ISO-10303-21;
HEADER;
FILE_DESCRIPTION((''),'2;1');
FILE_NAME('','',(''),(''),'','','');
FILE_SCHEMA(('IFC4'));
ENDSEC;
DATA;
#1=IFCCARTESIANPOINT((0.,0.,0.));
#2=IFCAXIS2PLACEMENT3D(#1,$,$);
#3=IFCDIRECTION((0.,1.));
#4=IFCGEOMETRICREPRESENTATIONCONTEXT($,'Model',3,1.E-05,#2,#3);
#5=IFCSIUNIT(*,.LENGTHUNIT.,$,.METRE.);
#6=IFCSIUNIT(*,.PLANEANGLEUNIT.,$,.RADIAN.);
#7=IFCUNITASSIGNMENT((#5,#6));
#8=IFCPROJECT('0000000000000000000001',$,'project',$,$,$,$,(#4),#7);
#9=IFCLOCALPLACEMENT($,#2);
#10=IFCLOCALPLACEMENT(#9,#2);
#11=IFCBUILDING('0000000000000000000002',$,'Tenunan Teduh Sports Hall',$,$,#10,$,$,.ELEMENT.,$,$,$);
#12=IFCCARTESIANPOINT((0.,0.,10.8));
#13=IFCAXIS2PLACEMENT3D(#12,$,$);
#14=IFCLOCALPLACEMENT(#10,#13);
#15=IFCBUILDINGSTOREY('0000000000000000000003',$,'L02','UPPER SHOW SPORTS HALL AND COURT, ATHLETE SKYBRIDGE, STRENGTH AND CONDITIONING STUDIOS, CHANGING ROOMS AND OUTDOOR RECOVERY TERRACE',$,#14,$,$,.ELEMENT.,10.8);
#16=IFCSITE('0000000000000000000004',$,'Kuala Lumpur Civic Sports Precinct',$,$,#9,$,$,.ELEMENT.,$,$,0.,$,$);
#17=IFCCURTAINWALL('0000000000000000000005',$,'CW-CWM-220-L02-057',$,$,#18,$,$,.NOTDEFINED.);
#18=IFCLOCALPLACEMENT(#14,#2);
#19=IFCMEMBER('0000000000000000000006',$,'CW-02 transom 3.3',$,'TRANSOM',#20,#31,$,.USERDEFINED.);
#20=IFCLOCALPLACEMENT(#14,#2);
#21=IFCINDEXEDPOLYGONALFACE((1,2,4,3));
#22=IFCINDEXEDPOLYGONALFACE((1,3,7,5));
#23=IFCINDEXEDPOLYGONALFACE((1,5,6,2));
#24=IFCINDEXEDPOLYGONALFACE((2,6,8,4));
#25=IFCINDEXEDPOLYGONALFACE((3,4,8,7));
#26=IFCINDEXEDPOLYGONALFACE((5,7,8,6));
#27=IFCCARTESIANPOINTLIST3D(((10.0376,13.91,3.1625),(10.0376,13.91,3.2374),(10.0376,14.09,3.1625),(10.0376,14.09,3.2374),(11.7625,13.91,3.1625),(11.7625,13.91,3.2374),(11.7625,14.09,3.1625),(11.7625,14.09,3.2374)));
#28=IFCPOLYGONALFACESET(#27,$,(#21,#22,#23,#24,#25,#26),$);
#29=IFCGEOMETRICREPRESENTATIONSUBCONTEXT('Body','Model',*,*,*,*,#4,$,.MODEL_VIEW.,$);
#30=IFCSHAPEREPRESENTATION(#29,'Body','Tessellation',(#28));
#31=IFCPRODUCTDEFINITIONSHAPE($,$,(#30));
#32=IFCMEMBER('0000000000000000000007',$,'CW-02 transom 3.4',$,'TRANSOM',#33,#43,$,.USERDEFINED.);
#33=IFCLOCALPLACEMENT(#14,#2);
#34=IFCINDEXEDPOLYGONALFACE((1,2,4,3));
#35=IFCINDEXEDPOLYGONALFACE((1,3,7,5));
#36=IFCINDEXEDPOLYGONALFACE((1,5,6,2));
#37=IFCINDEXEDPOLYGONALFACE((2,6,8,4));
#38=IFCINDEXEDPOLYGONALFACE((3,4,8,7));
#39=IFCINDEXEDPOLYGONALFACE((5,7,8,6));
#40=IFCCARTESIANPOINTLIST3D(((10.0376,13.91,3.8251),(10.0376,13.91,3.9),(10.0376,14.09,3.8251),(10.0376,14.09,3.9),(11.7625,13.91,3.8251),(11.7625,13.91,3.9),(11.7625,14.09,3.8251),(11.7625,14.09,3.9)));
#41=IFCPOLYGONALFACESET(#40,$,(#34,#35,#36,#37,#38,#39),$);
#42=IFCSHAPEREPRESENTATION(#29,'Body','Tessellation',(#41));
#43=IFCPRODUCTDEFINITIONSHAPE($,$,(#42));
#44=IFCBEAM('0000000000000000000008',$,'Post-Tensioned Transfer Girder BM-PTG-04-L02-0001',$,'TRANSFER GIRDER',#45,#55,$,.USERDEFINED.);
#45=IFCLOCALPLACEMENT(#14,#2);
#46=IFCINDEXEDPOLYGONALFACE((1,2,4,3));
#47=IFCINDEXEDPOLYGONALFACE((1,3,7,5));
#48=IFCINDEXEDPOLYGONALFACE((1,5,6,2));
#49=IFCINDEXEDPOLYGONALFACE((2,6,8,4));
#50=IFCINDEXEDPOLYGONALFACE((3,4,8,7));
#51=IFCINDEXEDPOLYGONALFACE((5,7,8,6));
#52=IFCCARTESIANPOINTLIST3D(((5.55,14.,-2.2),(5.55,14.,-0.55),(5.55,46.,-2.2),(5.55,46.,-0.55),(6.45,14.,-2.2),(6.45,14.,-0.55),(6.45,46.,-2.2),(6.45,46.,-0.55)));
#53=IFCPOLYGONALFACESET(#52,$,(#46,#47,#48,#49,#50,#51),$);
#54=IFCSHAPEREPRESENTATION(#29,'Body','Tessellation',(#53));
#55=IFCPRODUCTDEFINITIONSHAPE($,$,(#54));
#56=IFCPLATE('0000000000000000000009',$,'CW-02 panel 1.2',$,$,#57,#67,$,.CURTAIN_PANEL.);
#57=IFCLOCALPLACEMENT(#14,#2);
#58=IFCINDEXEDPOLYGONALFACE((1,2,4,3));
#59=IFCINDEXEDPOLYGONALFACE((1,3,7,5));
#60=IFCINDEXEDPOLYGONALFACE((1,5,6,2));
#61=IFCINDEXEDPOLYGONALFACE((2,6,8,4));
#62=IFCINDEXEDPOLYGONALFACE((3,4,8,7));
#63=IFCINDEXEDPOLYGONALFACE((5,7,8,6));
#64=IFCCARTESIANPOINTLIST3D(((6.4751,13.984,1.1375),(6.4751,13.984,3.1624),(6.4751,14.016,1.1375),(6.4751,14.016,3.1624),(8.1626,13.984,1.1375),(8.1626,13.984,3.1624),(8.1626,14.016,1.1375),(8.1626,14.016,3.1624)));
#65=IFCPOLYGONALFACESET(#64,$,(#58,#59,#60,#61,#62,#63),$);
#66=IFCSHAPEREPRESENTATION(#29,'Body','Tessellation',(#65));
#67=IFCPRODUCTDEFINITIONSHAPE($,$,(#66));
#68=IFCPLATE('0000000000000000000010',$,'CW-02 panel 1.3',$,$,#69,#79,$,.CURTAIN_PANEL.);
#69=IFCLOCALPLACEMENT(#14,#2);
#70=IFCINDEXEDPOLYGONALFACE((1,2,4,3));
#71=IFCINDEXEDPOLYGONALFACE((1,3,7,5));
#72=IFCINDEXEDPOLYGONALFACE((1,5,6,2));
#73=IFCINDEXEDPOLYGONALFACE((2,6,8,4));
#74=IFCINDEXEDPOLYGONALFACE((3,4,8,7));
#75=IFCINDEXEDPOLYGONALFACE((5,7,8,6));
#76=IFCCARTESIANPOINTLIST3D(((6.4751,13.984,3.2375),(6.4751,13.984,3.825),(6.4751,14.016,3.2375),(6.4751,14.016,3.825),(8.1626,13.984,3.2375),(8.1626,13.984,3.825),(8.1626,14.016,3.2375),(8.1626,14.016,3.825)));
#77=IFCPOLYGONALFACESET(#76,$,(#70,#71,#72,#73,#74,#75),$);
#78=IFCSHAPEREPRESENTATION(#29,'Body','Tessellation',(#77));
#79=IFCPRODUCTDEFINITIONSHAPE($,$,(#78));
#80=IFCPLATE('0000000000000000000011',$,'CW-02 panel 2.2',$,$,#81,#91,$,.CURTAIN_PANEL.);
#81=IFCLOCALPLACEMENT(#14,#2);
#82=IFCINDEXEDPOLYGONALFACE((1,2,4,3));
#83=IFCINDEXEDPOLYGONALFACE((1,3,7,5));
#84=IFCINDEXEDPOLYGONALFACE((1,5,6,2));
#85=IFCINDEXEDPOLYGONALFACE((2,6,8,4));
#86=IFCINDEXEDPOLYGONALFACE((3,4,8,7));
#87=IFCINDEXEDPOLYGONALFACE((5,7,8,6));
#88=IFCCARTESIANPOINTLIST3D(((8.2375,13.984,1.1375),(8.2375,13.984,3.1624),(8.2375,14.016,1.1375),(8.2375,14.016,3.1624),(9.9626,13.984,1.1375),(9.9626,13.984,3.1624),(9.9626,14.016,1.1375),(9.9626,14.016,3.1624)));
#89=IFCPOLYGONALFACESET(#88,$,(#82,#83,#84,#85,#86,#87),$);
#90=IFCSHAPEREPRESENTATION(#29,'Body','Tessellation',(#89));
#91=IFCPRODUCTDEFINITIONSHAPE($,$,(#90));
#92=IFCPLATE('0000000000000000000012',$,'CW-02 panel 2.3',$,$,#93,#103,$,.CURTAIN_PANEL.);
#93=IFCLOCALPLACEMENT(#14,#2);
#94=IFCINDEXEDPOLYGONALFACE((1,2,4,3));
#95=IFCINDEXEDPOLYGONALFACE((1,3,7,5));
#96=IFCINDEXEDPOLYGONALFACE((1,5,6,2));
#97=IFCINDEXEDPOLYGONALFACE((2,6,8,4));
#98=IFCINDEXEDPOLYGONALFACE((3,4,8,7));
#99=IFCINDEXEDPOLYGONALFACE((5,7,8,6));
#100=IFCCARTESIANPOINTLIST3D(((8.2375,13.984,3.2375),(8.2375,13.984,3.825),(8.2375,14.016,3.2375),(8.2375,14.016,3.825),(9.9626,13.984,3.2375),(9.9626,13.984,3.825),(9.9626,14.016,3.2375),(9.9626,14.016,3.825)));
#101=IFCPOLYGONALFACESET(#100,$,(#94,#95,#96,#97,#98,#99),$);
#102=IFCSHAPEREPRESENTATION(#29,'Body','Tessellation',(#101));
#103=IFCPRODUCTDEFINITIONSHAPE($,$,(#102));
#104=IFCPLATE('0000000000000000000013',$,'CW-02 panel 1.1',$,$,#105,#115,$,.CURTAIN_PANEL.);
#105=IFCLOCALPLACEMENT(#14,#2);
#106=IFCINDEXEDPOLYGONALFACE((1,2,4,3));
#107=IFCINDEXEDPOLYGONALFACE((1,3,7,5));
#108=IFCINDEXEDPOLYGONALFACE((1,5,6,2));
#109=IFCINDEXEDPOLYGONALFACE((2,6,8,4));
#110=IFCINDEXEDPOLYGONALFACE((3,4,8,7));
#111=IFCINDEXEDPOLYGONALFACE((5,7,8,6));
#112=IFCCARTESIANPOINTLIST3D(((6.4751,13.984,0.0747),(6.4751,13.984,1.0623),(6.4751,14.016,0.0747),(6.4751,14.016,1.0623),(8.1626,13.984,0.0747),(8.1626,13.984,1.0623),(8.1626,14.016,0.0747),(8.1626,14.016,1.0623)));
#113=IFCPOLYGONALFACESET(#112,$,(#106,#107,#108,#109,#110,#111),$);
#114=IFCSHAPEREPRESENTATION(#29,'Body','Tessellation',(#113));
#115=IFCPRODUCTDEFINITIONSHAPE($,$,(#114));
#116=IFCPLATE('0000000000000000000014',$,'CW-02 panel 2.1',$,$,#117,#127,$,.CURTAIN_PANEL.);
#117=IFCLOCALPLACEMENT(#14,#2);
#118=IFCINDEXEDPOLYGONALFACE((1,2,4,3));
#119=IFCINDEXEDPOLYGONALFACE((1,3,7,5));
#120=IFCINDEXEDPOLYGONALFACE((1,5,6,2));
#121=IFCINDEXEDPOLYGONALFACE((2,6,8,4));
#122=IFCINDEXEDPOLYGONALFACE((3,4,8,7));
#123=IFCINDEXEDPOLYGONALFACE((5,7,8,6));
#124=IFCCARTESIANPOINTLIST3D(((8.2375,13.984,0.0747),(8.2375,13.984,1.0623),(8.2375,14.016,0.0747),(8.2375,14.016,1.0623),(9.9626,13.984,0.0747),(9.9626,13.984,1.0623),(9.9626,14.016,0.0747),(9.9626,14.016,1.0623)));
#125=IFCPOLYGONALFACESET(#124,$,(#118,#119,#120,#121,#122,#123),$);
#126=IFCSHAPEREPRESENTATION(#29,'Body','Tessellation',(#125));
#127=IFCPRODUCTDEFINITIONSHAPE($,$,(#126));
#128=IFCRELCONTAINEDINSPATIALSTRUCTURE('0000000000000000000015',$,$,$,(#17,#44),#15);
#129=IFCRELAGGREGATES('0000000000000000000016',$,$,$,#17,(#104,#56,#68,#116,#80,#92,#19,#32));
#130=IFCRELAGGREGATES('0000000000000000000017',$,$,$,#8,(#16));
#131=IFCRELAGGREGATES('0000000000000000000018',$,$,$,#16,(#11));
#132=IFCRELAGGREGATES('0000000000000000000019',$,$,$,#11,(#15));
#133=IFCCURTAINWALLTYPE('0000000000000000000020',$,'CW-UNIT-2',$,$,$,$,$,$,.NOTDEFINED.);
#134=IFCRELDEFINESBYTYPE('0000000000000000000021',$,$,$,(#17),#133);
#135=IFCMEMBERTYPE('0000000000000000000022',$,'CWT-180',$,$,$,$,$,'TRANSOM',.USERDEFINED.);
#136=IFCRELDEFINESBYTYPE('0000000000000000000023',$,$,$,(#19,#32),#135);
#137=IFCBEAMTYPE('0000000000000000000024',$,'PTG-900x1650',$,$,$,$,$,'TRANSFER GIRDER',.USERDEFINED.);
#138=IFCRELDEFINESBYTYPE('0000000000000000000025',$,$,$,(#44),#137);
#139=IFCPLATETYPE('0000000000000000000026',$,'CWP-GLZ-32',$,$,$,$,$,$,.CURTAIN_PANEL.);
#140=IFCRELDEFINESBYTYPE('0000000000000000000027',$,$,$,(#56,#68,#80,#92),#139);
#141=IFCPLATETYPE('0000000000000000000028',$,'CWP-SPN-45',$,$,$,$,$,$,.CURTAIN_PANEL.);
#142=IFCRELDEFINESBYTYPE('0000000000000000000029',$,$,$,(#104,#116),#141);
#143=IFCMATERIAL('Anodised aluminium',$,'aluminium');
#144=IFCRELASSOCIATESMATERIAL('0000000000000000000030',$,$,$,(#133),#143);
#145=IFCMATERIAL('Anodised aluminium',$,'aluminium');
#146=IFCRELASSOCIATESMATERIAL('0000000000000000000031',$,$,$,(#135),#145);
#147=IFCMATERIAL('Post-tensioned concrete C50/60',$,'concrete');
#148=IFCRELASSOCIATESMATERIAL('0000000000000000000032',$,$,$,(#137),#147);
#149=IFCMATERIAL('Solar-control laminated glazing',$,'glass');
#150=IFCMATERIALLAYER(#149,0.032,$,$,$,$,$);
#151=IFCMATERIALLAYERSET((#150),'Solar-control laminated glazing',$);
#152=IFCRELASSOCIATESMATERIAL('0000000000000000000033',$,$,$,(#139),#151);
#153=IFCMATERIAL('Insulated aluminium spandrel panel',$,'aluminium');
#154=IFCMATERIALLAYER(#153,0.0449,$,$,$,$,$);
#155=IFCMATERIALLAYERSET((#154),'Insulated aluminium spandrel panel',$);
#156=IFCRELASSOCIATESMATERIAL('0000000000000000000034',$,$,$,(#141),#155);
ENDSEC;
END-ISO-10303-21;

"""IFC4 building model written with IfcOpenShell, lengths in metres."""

from ifc_helpers import new_model, si_unit, direction, frame, origin, origin_2d, place, context, subcontext, project, spatial, rectangle, extrude, material, layer, layer_set, material_profile, profile_set, type_object, element, aggregate, save


model = new_model("IFC4")

# Units and contexts
model_context = context("Model", 3, precision=1e-05, world=origin(), true_north=direction((0.0, 1.0)))
body_context = subcontext(model_context, "Body", "Model", "MODEL_VIEW")
ifc_project = project(units=[si_unit("LENGTHUNIT", "METRE"), si_unit("PLANEANGLEUNIT", "RADIAN")], contexts=[model_context])

# Site, building, storey
site_placement = place(None, origin())
site = spatial("IfcSite", under=ifc_project, at=site_placement, Name="Kuala Lumpur Civic Sports Precinct", CompositionType="ELEMENT", RefElevation=0.0)
building_placement = place(site_placement, origin())
building = spatial("IfcBuilding", under=site, at=building_placement, Name="Tenunan Teduh Sports Hall", CompositionType="ELEMENT")
storey_placement = place(building_placement, frame((0.0, 0.0, 10.8)))
storey = spatial("IfcBuildingStorey", under=building, at=storey_placement, Name="L02", Description="UPPER SHOW SPORTS HALL AND COURT, ATHLETE SKYBRIDGE, STRENGTH AND CONDITIONING STUDIOS, CHANGING ROOMS AND OUTDOOR RECOVERY TERRACE", CompositionType="ELEMENT", Elevation=10.8)

# Curtain wall, members
ifc_material_1 = material(Name="Anodised aluminium", Category="aluminium")
curtain_wall_type = type_object("IfcCurtainWallType", Name="CW-UNIT-2", PredefinedType="NOTDEFINED", material=ifc_material_1)
curtain_wall_placement = place(storey_placement, origin())
curtain_wall = element("IfcCurtainWall", 1, at=curtain_wall_placement, inside=storey, type_object=curtain_wall_type, Name="CW-CWM-220-L02-057", PredefinedType="NOTDEFINED")
ifc_material_2 = material(Name="Anodised aluminium", Category="aluminium")
ifc_material_profile_1 = material_profile(ifc_material_2, rectangle(XDim=0.075, YDim=0.1799, at=origin_2d()), Name="CWT 75x180")
ifc_profile_set_1 = profile_set([ifc_material_profile_1], Name="Anodised aluminium")
member_type_1 = type_object("IfcMemberType", Name="CWT-180", ElementType="TRANSOM", PredefinedType="USERDEFINED", material=ifc_profile_set_1)
member_1_placement = place(storey_placement, frame((10.0376, 14.0, 3.2), z_axis=(1.0, 0.0, 0.0), x_axis=(0.0, 0.0, 1.0)))
member_1 = element("IfcMember", 2, at=member_1_placement, type_object=member_type_1, Name="CW-02 transom 3.3", ObjectType="TRANSOM", PredefinedType="USERDEFINED", context=body_context, shape_type="SweptSolid", body=[
    extrude(rectangle(XDim=0.075, YDim=0.1799, at=origin_2d()), origin(), (0.0, 0.0, 1.0), 1.7249),
])
member_2_placement = place(storey_placement, frame((10.0376, 14.0, 3.8625), z_axis=(1.0, 0.0, 0.0), x_axis=(0.0, 0.0, 1.0)))
member_2 = element("IfcMember", 3, at=member_2_placement, type_object=member_type_1, Name="CW-02 transom 3.4", ObjectType="TRANSOM", PredefinedType="USERDEFINED", context=body_context, shape_type="SweptSolid", body=[
    extrude(rectangle(XDim=0.075, YDim=0.1799, at=origin_2d()), origin(), (0.0, 0.0, 1.0), 1.7249),
])

# Beam
ifc_material_3 = material(Name="Post-tensioned concrete C50/60", Category="concrete")
ifc_material_profile_2 = material_profile(ifc_material_3, rectangle(XDim=0.8999, YDim=1.6499, at=origin_2d()), Name="PTG 900x1650")
ifc_profile_set_2 = profile_set([ifc_material_profile_2], Name="Post-tensioned concrete C50/60")
beam_type_1 = type_object("IfcBeamType", Name="PTG-900x1650", ElementType="TRANSFER GIRDER", PredefinedType="USERDEFINED", material=ifc_profile_set_2)
beam_1_placement = place(storey_placement, frame((6.0, 14.0, -1.375), z_axis=(0.0, 1.0, 0.0), x_axis=(-1.0, 0.0, 0.0)))
element("IfcBeam", 4, at=beam_1_placement, inside=storey, type_object=beam_type_1, Name="Post-Tensioned Transfer Girder BM-PTG-04-L02-0001", ObjectType="TRANSFER GIRDER", PredefinedType="USERDEFINED", context=body_context, shape_type="SweptSolid", body=[
    extrude(rectangle(XDim=0.8999, YDim=1.6499, at=origin_2d()), origin(), (0.0, 0.0, 1.0), 32.0),
])

# Plates
ifc_material_4 = material(Name="Solar-control laminated glazing", Category="glass")
ifc_layer_1 = layer(ifc_material_4, 0.032)
ifc_layer_set_1 = layer_set([ifc_layer_1], Name="Solar-control laminated glazing")
plate_type_1 = type_object("IfcPlateType", Name="CWP-GLZ-32", PredefinedType="CURTAIN_PANEL", material=ifc_layer_set_1)
plate_1_placement = place(storey_placement, frame((7.3188, 14.0, 1.1375), z_axis=(0.0, 0.0, 1.0), x_axis=(1.0, 0.0, 0.0)))
plate_1 = element("IfcPlate", 5, at=plate_1_placement, type_object=plate_type_1, Name="CW-02 panel 1.2", PredefinedType="CURTAIN_PANEL", context=body_context, shape_type="SweptSolid", body=[
    extrude(rectangle(XDim=1.6875, YDim=0.032, at=origin_2d()), origin(), (0.0, 0.0, 1.0), 2.0249),
])
plate_2_placement = place(storey_placement, frame((7.3188, 14.0, 3.2375), z_axis=(0.0, 0.0, 1.0), x_axis=(1.0, 0.0, 0.0)))
plate_2 = element("IfcPlate", 6, at=plate_2_placement, type_object=plate_type_1, Name="CW-02 panel 1.3", PredefinedType="CURTAIN_PANEL", context=body_context, shape_type="SweptSolid", body=[
    extrude(rectangle(XDim=1.6875, YDim=0.032, at=origin_2d()), origin(), (0.0, 0.0, 1.0), 0.5874),
])
plate_3_placement = place(storey_placement, frame((9.1001, 14.0, 1.1375), z_axis=(0.0, 0.0, 1.0), x_axis=(1.0, 0.0, 0.0)))
plate_3 = element("IfcPlate", 7, at=plate_3_placement, type_object=plate_type_1, Name="CW-02 panel 2.2", PredefinedType="CURTAIN_PANEL", context=body_context, shape_type="SweptSolid", body=[
    extrude(rectangle(XDim=1.7251, YDim=0.032, at=origin_2d()), origin(), (0.0, 0.0, 1.0), 2.0249),
])
plate_4_placement = place(storey_placement, frame((9.1001, 14.0, 3.2375), z_axis=(0.0, 0.0, 1.0), x_axis=(1.0, 0.0, 0.0)))
plate_4 = element("IfcPlate", 8, at=plate_4_placement, type_object=plate_type_1, Name="CW-02 panel 2.3", PredefinedType="CURTAIN_PANEL", context=body_context, shape_type="SweptSolid", body=[
    extrude(rectangle(XDim=1.7251, YDim=0.032, at=origin_2d()), origin(), (0.0, 0.0, 1.0), 0.5874),
])
ifc_material_5 = material(Name="Insulated aluminium spandrel panel", Category="aluminium")
ifc_layer_2 = layer(ifc_material_5, 0.0449)
ifc_layer_set_2 = layer_set([ifc_layer_2], Name="Insulated aluminium spandrel panel")
plate_type_2 = type_object("IfcPlateType", Name="CWP-SPN-45", PredefinedType="CURTAIN_PANEL", material=ifc_layer_set_2)
plate_5_placement = place(storey_placement, frame((7.3188, 14.0, 0.0747), z_axis=(0.0, 0.0, 1.0), x_axis=(1.0, 0.0, 0.0)))
plate_5 = element("IfcPlate", 9, at=plate_5_placement, type_object=plate_type_2, Name="CW-02 panel 1.1", PredefinedType="CURTAIN_PANEL", context=body_context, shape_type="SweptSolid", body=[
    extrude(rectangle(XDim=1.6875, YDim=0.032, at=origin_2d()), origin(), (0.0, 0.0, 1.0), 0.9875),
])
plate_6_placement = place(storey_placement, frame((9.1001, 14.0, 0.0747), z_axis=(0.0, 0.0, 1.0), x_axis=(1.0, 0.0, 0.0)))
plate_6 = element("IfcPlate", 10, at=plate_6_placement, type_object=plate_type_2, Name="CW-02 panel 2.1", PredefinedType="CURTAIN_PANEL", context=body_context, shape_type="SweptSolid", body=[
    extrude(rectangle(XDim=1.7251, YDim=0.032, at=origin_2d()), origin(), (0.0, 0.0, 1.0), 0.9875),
])
aggregate(curtain_wall, [plate_5, plate_1, plate_2, plate_6, plate_3, plate_4, member_1, member_2])

save(model, "model.ifc")
